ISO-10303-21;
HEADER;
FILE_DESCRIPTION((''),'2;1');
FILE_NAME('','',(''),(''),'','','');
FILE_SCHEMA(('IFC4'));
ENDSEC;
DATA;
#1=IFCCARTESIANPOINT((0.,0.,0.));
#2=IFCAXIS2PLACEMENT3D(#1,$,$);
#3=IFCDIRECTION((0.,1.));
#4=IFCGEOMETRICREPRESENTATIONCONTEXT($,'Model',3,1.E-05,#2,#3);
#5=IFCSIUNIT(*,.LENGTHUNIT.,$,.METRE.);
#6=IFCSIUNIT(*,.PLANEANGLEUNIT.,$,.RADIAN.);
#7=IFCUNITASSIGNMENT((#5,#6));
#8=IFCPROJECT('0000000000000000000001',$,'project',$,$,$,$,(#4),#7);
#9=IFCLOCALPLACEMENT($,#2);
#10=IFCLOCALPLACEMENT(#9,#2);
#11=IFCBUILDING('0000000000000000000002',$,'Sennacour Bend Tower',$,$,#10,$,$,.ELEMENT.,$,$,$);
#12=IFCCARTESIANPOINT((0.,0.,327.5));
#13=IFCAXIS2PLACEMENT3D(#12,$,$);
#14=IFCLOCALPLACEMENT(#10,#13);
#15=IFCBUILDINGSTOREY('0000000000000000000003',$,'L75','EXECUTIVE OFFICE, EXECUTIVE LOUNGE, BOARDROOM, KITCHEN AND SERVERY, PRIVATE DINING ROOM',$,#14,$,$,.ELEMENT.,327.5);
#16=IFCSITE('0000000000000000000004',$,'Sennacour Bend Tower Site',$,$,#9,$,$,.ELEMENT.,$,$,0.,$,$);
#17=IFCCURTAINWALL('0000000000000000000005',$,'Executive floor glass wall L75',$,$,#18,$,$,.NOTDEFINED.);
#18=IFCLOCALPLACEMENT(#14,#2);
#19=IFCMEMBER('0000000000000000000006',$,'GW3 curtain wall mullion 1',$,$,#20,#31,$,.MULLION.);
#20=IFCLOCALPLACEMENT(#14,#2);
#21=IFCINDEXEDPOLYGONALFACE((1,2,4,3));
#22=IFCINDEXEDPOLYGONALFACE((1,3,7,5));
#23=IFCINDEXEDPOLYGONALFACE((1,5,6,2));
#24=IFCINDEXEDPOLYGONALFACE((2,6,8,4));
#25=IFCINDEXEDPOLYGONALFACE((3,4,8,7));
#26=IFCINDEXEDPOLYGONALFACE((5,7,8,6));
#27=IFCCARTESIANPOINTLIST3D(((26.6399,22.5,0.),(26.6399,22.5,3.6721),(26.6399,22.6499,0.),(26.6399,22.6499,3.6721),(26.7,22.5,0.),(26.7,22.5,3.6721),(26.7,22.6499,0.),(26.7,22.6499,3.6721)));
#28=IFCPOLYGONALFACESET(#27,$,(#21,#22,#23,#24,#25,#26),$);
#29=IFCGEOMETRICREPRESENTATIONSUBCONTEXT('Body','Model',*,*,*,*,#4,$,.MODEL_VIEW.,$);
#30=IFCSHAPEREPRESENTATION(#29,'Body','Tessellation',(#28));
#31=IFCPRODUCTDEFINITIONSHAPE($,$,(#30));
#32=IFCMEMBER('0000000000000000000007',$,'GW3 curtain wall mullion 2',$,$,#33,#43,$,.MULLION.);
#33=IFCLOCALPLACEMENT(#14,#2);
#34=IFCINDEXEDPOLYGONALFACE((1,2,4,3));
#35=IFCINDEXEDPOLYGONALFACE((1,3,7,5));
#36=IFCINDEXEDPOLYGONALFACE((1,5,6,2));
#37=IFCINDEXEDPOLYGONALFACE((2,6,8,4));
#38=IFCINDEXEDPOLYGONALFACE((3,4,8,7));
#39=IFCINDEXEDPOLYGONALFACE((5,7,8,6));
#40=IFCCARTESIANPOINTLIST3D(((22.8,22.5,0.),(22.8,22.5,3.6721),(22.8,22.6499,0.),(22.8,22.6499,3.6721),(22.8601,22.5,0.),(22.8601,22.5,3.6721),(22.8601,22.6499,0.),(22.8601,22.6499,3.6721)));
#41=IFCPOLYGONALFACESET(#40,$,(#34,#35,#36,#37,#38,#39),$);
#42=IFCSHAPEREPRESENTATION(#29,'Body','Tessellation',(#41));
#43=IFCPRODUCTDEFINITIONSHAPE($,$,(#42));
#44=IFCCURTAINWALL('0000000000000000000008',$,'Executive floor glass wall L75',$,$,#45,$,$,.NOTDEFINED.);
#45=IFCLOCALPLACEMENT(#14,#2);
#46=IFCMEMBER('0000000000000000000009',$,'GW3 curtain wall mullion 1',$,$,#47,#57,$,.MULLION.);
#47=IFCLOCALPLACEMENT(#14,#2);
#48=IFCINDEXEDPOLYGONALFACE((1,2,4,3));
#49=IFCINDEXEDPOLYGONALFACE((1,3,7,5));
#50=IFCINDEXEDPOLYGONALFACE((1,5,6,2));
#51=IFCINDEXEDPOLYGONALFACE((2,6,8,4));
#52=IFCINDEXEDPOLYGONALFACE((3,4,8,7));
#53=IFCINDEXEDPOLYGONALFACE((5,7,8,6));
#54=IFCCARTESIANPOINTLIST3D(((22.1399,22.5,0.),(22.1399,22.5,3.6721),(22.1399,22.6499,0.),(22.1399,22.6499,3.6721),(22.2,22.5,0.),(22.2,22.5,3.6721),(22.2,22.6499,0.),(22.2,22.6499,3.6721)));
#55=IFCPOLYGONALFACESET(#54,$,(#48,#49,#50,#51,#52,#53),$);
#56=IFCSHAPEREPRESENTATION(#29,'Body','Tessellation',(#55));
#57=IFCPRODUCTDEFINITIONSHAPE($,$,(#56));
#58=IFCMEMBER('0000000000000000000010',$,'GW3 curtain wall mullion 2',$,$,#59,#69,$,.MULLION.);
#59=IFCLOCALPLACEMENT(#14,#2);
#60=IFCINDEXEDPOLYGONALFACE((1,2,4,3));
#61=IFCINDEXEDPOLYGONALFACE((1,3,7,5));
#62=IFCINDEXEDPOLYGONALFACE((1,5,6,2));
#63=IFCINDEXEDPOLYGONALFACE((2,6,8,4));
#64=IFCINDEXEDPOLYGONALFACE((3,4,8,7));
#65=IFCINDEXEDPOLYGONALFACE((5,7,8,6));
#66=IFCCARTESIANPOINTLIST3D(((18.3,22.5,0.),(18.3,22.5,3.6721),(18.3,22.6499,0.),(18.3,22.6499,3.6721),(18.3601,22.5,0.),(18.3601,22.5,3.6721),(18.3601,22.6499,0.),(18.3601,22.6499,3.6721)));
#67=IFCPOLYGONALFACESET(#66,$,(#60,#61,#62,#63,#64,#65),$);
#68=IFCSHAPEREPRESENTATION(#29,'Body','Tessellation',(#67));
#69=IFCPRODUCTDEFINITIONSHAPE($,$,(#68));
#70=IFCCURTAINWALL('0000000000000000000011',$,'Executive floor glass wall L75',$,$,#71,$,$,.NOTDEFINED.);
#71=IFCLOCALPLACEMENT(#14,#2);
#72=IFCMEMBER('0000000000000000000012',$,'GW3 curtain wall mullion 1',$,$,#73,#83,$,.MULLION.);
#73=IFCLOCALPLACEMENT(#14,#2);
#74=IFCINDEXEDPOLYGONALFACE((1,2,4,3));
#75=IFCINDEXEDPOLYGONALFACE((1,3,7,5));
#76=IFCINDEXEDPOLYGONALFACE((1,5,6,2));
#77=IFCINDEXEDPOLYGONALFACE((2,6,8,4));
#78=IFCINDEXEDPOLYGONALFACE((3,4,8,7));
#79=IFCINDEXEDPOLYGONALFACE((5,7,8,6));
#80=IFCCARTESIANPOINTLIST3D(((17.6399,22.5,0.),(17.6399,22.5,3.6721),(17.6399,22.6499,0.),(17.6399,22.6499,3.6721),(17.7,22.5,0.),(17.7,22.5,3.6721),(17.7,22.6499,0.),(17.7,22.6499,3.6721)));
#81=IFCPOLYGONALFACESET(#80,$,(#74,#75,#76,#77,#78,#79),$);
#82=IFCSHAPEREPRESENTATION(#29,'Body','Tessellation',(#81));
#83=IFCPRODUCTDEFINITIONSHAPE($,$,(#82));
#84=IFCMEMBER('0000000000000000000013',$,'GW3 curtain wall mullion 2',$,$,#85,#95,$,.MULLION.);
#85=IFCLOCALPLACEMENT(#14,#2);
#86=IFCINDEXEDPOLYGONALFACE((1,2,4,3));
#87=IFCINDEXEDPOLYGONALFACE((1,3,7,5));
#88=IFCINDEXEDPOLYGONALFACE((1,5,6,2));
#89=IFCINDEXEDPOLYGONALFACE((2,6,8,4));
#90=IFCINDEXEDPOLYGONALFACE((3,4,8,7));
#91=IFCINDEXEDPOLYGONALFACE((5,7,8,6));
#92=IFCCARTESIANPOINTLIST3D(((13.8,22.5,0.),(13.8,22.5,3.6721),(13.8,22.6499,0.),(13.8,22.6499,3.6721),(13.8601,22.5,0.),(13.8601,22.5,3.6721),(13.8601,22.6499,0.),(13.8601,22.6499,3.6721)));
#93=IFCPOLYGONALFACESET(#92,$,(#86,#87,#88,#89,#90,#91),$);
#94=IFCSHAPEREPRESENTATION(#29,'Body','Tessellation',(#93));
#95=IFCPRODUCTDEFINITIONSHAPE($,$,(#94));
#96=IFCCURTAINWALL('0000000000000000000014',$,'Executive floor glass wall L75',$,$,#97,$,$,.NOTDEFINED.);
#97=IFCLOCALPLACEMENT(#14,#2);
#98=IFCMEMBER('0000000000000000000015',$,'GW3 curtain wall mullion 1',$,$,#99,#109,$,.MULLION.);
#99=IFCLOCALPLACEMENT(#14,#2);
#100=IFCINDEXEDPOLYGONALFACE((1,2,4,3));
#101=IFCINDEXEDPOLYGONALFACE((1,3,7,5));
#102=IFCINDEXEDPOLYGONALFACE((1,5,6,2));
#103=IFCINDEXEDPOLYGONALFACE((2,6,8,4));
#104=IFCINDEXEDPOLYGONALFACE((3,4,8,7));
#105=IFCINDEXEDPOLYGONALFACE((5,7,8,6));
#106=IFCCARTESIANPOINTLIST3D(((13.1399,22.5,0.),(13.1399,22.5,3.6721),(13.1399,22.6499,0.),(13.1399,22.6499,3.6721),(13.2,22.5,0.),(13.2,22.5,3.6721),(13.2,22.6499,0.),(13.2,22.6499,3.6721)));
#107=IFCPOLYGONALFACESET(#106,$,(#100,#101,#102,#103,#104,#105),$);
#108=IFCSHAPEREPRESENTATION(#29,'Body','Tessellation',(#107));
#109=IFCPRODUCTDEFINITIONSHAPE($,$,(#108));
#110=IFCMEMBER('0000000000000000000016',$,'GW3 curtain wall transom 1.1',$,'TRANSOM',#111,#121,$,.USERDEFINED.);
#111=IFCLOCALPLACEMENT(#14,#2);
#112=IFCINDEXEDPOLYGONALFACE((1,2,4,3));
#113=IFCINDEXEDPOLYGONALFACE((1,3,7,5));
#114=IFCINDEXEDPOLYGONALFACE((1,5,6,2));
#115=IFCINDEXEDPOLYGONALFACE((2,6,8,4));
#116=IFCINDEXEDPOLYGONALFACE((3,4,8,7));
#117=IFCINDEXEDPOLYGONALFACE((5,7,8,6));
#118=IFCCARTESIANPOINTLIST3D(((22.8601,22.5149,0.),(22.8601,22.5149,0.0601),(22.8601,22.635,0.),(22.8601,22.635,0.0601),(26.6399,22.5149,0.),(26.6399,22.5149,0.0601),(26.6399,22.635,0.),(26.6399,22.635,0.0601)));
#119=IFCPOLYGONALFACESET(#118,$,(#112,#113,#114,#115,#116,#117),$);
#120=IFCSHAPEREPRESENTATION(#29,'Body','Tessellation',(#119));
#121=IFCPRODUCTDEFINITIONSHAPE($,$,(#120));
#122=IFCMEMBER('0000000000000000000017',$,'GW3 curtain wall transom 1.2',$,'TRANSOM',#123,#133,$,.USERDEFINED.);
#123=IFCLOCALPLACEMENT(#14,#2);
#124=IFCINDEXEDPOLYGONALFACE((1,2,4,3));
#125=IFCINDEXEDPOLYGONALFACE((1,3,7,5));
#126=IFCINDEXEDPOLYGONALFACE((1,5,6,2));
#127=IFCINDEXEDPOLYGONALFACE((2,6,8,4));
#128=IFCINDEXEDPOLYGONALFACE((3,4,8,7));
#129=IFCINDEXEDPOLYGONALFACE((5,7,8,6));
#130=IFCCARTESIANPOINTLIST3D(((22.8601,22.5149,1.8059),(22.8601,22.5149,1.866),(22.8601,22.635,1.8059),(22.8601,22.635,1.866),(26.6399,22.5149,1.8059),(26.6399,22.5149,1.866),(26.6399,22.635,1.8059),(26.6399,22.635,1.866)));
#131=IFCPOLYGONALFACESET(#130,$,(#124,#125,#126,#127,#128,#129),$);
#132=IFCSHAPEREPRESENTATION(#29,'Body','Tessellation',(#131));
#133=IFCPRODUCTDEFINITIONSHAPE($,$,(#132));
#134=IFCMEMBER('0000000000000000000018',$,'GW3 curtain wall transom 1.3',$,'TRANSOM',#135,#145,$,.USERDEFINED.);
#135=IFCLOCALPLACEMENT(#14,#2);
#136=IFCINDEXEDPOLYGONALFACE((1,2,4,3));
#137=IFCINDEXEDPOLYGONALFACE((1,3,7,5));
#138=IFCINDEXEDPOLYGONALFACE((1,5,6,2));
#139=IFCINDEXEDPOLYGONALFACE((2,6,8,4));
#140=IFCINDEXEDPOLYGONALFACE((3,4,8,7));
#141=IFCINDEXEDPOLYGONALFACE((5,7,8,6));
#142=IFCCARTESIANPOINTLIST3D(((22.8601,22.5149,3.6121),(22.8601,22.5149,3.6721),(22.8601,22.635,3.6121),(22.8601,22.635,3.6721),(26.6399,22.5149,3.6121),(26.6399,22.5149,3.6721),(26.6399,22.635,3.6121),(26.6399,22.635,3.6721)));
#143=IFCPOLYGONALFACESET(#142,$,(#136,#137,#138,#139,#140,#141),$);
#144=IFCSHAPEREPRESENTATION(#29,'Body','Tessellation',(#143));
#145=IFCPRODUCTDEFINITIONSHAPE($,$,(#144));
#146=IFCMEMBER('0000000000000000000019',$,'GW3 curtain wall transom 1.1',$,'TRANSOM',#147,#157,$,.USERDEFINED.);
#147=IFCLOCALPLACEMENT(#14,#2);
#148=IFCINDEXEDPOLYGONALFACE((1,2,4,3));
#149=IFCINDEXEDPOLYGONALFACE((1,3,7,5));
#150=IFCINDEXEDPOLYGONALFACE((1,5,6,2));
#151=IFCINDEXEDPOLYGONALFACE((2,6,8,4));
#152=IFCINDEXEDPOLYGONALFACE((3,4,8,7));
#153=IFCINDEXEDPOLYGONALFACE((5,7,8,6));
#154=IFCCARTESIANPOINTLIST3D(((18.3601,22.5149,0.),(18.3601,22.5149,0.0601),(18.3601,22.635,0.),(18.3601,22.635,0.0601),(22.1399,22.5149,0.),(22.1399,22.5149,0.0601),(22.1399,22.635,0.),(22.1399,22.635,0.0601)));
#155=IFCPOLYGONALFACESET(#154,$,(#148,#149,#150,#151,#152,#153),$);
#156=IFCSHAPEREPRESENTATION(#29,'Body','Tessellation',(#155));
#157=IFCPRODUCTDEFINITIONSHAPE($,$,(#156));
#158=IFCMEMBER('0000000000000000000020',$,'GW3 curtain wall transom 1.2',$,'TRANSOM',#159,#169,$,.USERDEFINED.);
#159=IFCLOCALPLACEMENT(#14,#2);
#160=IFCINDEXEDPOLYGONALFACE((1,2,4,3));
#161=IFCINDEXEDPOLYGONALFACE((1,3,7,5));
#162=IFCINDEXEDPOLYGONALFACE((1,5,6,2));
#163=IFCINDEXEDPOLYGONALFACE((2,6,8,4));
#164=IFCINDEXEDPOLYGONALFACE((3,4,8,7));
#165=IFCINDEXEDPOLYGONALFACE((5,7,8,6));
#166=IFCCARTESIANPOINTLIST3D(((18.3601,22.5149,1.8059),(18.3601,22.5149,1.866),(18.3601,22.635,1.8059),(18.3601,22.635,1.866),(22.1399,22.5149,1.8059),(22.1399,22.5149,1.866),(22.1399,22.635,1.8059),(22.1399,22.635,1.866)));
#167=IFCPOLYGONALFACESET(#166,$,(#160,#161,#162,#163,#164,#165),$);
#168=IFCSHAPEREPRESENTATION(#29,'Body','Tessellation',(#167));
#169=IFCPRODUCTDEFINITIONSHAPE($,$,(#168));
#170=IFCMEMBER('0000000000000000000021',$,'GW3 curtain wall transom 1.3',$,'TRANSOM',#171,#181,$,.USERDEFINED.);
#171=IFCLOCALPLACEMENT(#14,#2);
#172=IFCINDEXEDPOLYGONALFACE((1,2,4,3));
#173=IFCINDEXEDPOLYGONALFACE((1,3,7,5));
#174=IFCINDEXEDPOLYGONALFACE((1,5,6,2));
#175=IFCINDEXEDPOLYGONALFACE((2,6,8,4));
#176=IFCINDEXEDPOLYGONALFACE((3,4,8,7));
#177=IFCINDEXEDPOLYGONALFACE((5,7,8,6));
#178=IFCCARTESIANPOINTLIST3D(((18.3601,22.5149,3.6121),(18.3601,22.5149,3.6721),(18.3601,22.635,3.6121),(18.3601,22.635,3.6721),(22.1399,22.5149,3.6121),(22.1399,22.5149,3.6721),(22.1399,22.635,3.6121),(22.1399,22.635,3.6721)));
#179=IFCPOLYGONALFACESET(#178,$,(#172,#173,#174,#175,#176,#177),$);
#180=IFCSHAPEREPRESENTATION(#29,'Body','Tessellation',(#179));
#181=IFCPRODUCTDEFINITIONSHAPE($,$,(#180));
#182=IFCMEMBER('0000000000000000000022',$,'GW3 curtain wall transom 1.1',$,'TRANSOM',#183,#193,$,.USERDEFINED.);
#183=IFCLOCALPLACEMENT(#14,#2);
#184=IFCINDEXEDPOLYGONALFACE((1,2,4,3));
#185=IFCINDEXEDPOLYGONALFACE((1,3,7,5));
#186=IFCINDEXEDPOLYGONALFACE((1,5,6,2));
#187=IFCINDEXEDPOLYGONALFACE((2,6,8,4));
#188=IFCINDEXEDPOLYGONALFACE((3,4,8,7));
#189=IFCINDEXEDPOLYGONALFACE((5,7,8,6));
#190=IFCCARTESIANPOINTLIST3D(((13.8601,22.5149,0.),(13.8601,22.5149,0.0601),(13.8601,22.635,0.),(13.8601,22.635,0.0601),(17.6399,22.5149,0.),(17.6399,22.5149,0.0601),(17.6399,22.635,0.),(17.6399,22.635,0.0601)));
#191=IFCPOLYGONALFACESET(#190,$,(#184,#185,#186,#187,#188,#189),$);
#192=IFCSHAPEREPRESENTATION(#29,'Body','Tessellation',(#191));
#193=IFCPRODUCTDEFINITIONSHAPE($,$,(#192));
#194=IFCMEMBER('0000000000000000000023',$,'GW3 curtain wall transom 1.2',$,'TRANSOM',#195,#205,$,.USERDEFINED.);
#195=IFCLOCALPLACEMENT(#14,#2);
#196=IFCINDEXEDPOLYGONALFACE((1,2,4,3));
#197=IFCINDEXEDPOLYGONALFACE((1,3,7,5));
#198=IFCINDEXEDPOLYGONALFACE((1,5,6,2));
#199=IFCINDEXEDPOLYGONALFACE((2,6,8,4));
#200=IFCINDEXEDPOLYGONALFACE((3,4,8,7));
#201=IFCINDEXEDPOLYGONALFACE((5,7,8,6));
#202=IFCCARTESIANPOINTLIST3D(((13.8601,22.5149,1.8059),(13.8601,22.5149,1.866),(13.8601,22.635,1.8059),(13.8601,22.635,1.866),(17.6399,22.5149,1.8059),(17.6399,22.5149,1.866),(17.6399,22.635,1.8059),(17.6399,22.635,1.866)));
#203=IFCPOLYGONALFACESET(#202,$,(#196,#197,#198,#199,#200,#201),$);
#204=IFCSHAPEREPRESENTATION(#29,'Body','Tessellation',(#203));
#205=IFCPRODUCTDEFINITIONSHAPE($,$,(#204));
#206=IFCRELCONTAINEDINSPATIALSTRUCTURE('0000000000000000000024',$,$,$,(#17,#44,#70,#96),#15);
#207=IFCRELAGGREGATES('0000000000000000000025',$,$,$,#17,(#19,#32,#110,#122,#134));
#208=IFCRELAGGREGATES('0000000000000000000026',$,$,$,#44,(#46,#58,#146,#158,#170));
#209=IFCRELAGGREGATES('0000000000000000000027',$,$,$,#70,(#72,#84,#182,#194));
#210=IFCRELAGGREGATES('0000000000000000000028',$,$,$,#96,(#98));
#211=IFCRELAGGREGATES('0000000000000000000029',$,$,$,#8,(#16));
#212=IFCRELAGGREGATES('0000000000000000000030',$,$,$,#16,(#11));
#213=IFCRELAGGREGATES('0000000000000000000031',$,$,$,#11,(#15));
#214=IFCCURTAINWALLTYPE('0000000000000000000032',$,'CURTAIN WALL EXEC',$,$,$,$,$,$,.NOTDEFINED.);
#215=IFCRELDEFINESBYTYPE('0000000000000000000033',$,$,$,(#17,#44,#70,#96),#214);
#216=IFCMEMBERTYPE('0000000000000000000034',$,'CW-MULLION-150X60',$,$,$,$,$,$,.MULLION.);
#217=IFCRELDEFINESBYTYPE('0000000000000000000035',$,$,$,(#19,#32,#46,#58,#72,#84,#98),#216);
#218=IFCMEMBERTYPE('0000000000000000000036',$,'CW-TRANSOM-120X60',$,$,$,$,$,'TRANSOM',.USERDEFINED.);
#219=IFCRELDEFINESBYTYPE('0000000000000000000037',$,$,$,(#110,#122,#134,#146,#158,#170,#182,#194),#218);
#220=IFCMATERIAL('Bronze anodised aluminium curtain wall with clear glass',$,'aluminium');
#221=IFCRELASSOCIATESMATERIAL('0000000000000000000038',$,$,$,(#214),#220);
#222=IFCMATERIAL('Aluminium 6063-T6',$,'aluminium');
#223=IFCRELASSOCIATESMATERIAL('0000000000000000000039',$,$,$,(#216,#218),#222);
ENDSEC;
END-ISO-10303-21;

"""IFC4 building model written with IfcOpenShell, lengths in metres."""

from ifc_helpers import new_model, si_unit, direction, frame, origin, origin_2d, place, context, subcontext, project, spatial, rectangle, extrude, material, material_profile, profile_set, type_object, element, aggregate, save


model = new_model("IFC4")

# Units and contexts
model_context = context("Model", 3, precision=1e-05, world=origin(), true_north=direction((0.0, 1.0)))
body_context = subcontext(model_context, "Body", "Model", "MODEL_VIEW")
ifc_project = project(units=[si_unit("LENGTHUNIT", "METRE"), si_unit("PLANEANGLEUNIT", "RADIAN")], contexts=[model_context])

# Site, building, storey
site_placement = place(None, origin())
site = spatial("IfcSite", under=ifc_project, at=site_placement, Name="Sennacour Bend Tower Site", CompositionType="ELEMENT", RefElevation=0.0)
building_placement = place(site_placement, origin())
building = spatial("IfcBuilding", under=site, at=building_placement, Name="Sennacour Bend Tower", CompositionType="ELEMENT")
storey_placement = place(building_placement, frame((0.0, 0.0, 327.5)))
storey = spatial("IfcBuildingStorey", under=building, at=storey_placement, Name="L75", Description="EXECUTIVE OFFICE, EXECUTIVE LOUNGE, BOARDROOM, KITCHEN AND SERVERY, PRIVATE DINING ROOM", CompositionType="ELEMENT", Elevation=327.5)

# Curtain walls, members
ifc_material_1 = material(Name="Bronze anodised aluminium curtain wall with clear glass", Category="aluminium")
curtain_wall_type = type_object("IfcCurtainWallType", Name="CURTAIN WALL EXEC", PredefinedType="NOTDEFINED", material=ifc_material_1)
curtain_wall_1_placement = place(storey_placement, origin())
curtain_wall_1 = element("IfcCurtainWall", 1, at=curtain_wall_1_placement, inside=storey, type_object=curtain_wall_type, Name="Executive floor glass wall L75", PredefinedType="NOTDEFINED")
ifc_material_2 = material(Name="Aluminium 6063-T6", Category="aluminium")
ifc_material_profile_1 = material_profile(ifc_material_2, rectangle(XDim=0.1499, YDim=0.0601, at=origin_2d()), Name="Aluminium 6063-T6", Category="aluminium")
ifc_profile_set_1 = profile_set([ifc_material_profile_1], Name="Aluminium 6063-T6")
member_type_1 = type_object("IfcMemberType", Name="CW-MULLION-150X60", PredefinedType="MULLION", material=ifc_profile_set_1)
member_1_placement = place(storey_placement, frame((26.6699, 22.575, 0.0), z_axis=(0.0, 0.0, 1.0), x_axis=(0.0, -1.0, 0.0)))
member_1 = element("IfcMember", 2, at=member_1_placement, type_object=member_type_1, Name="GW3 curtain wall mullion 1", PredefinedType="MULLION", context=body_context, shape_type="SweptSolid", body=[
    extrude(rectangle(XDim=0.1499, YDim=0.0601, at=origin_2d()), origin(), (0.0, 0.0, 1.0), 3.6721),
])
member_2_placement = place(storey_placement, frame((22.8301, 22.575, 0.0), z_axis=(0.0, 0.0, 1.0), x_axis=(0.0, -1.0, 0.0)))
member_2 = element("IfcMember", 3, at=member_2_placement, type_object=member_type_1, Name="GW3 curtain wall mullion 2", PredefinedType="MULLION", context=body_context, shape_type="SweptSolid", body=[
    extrude(rectangle(XDim=0.1499, YDim=0.0601, at=origin_2d()), origin(), (0.0, 0.0, 1.0), 3.6721),
])
curtain_wall_2_placement = place(storey_placement, origin())
curtain_wall_2 = element("IfcCurtainWall", 4, at=curtain_wall_2_placement, inside=storey, type_object=curtain_wall_type, Name="Executive floor glass wall L75", PredefinedType="NOTDEFINED")
member_3_placement = place(storey_placement, frame((22.1699, 22.575, 0.0), z_axis=(0.0, 0.0, 1.0), x_axis=(0.0, -1.0, 0.0)))
member_3 = element("IfcMember", 5, at=member_3_placement, type_object=member_type_1, Name="GW3 curtain wall mullion 1", PredefinedType="MULLION", context=body_context, shape_type="SweptSolid", body=[
    extrude(rectangle(XDim=0.1499, YDim=0.0601, at=origin_2d()), origin(), (0.0, 0.0, 1.0), 3.6721),
])
member_4_placement = place(storey_placement, frame((18.3301, 22.575, 0.0), z_axis=(0.0, 0.0, 1.0), x_axis=(0.0, -1.0, 0.0)))
member_4 = element("IfcMember", 6, at=member_4_placement, type_object=member_type_1, Name="GW3 curtain wall mullion 2", PredefinedType="MULLION", context=body_context, shape_type="SweptSolid", body=[
    extrude(rectangle(XDim=0.1499, YDim=0.0601, at=origin_2d()), origin(), (0.0, 0.0, 1.0), 3.6721),
])
curtain_wall_3_placement = place(storey_placement, origin())
curtain_wall_3 = element("IfcCurtainWall", 7, at=curtain_wall_3_placement, inside=storey, type_object=curtain_wall_type, Name="Executive floor glass wall L75", PredefinedType="NOTDEFINED")
member_5_placement = place(storey_placement, frame((17.6699, 22.575, 0.0), z_axis=(0.0, 0.0, 1.0), x_axis=(0.0, -1.0, 0.0)))
member_5 = element("IfcMember", 8, at=member_5_placement, type_object=member_type_1, Name="GW3 curtain wall mullion 1", PredefinedType="MULLION", context=body_context, shape_type="SweptSolid", body=[
    extrude(rectangle(XDim=0.1499, YDim=0.0601, at=origin_2d()), origin(), (0.0, 0.0, 1.0), 3.6721),
])
member_6_placement = place(storey_placement, frame((13.8301, 22.575, 0.0), z_axis=(0.0, 0.0, 1.0), x_axis=(0.0, -1.0, 0.0)))
member_6 = element("IfcMember", 9, at=member_6_placement, type_object=member_type_1, Name="GW3 curtain wall mullion 2", PredefinedType="MULLION", context=body_context, shape_type="SweptSolid", body=[
    extrude(rectangle(XDim=0.1499, YDim=0.0601, at=origin_2d()), origin(), (0.0, 0.0, 1.0), 3.6721),
])

# Curtain wall, member
curtain_wall_4_placement = place(storey_placement, origin())
curtain_wall_4 = element("IfcCurtainWall", 10, at=curtain_wall_4_placement, inside=storey, type_object=curtain_wall_type, Name="Executive floor glass wall L75", PredefinedType="NOTDEFINED")
member_7_placement = place(storey_placement, frame((13.1699, 22.575, 0.0), z_axis=(0.0, 0.0, 1.0), x_axis=(0.0, -1.0, 0.0)))
member_7 = element("IfcMember", 11, at=member_7_placement, type_object=member_type_1, Name="GW3 curtain wall mullion 1", PredefinedType="MULLION", context=body_context, shape_type="SweptSolid", body=[
    extrude(rectangle(XDim=0.1499, YDim=0.0601, at=origin_2d()), origin(), (0.0, 0.0, 1.0), 3.6721),
])

# Members
ifc_material_profile_2 = material_profile(ifc_material_2, rectangle(XDim=0.1201, YDim=0.0601, at=origin_2d()), Name="Aluminium 6063-T6", Category="aluminium")
ifc_profile_set_2 = profile_set([ifc_material_profile_2], Name="Aluminium 6063-T6")
member_type_2 = type_object("IfcMemberType", Name="CW-TRANSOM-120X60", ElementType="TRANSOM", PredefinedType="USERDEFINED", material=ifc_profile_set_2)
member_8_placement = place(storey_placement, frame((26.6399, 22.575, 0.03), z_axis=(-1.0, 0.0, 0.0), x_axis=(0.0, -1.0, 0.0)))
member_8 = element("IfcMember", 12, at=member_8_placement, type_object=member_type_2, Name="GW3 curtain wall transom 1.1", ObjectType="TRANSOM", PredefinedType="USERDEFINED", context=body_context, shape_type="SweptSolid", body=[
    extrude(rectangle(XDim=0.1201, YDim=0.0601, at=origin_2d()), origin(), (0.0, 0.0, 1.0), 3.7798),
])
member_9_placement = place(storey_placement, frame((26.6399, 22.575, 1.8359), z_axis=(-1.0, 0.0, 0.0), x_axis=(0.0, -1.0, 0.0)))
member_9 = element("IfcMember", 13, at=member_9_placement, type_object=member_type_2, Name="GW3 curtain wall transom 1.2", ObjectType="TRANSOM", PredefinedType="USERDEFINED", context=body_context, shape_type="SweptSolid", body=[
    extrude(rectangle(XDim=0.1201, YDim=0.0601, at=origin_2d()), origin(), (0.0, 0.0, 1.0), 3.7798),
])
member_10_placement = place(storey_placement, frame((26.6399, 22.575, 3.6421), z_axis=(-1.0, 0.0, 0.0), x_axis=(0.0, -1.0, 0.0)))
member_10 = element("IfcMember", 14, at=member_10_placement, type_object=member_type_2, Name="GW3 curtain wall transom 1.3", ObjectType="TRANSOM", PredefinedType="USERDEFINED", context=body_context, shape_type="SweptSolid", body=[
    extrude(rectangle(XDim=0.1201, YDim=0.0601, at=origin_2d()), origin(), (0.0, 0.0, 1.0), 3.7798),
])
member_11_placement = place(storey_placement, frame((22.1399, 22.575, 0.03), z_axis=(-1.0, 0.0, 0.0), x_axis=(0.0, -1.0, 0.0)))
member_11 = element("IfcMember", 15, at=member_11_placement, type_object=member_type_2, Name="GW3 curtain wall transom 1.1", ObjectType="TRANSOM", PredefinedType="USERDEFINED", context=body_context, shape_type="SweptSolid", body=[
    extrude(rectangle(XDim=0.1201, YDim=0.0601, at=origin_2d()), origin(), (0.0, 0.0, 1.0), 3.7798),
])
member_12_placement = place(storey_placement, frame((22.1399, 22.575, 1.8359), z_axis=(-1.0, 0.0, 0.0), x_axis=(0.0, -1.0, 0.0)))
member_12 = element("IfcMember", 16, at=member_12_placement, type_object=member_type_2, Name="GW3 curtain wall transom 1.2", ObjectType="TRANSOM", PredefinedType="USERDEFINED", context=body_context, shape_type="SweptSolid", body=[
    extrude(rectangle(XDim=0.1201, YDim=0.0601, at=origin_2d()), origin(), (0.0, 0.0, 1.0), 3.7798),
])
member_13_placement = place(storey_placement, frame((22.1399, 22.575, 3.6421), z_axis=(-1.0, 0.0, 0.0), x_axis=(0.0, -1.0, 0.0)))
member_13 = element("IfcMember", 17, at=member_13_placement, type_object=member_type_2, Name="GW3 curtain wall transom 1.3", ObjectType="TRANSOM", PredefinedType="USERDEFINED", context=body_context, shape_type="SweptSolid", body=[
    extrude(rectangle(XDim=0.1201, YDim=0.0601, at=origin_2d()), origin(), (0.0, 0.0, 1.0), 3.7798),
])
member_14_placement = place(storey_placement, frame((17.6399, 22.575, 0.03), z_axis=(-1.0, 0.0, 0.0), x_axis=(0.0, -1.0, 0.0)))
member_14 = element("IfcMember", 18, at=member_14_placement, type_object=member_type_2, Name="GW3 curtain wall transom 1.1", ObjectType="TRANSOM", PredefinedType="USERDEFINED", context=body_context, shape_type="SweptSolid", body=[
    extrude(rectangle(XDim=0.1201, YDim=0.0601, at=origin_2d()), origin(), (0.0, 0.0, 1.0), 3.7798),
])
member_15_placement = place(storey_placement, frame((17.6399, 22.575, 1.8359), z_axis=(-1.0, 0.0, 0.0), x_axis=(0.0, -1.0, 0.0)))
member_15 = element("IfcMember", 19, at=member_15_placement, type_object=member_type_2, Name="GW3 curtain wall transom 1.2", ObjectType="TRANSOM", PredefinedType="USERDEFINED", context=body_context, shape_type="SweptSolid", body=[
    extrude(rectangle(XDim=0.1201, YDim=0.0601, at=origin_2d()), origin(), (0.0, 0.0, 1.0), 3.7798),
])

aggregate(curtain_wall_1, [member_1, member_2, member_8, member_9, member_10])
aggregate(curtain_wall_2, [member_3, member_4, member_11, member_12, member_13])
aggregate(curtain_wall_3, [member_5, member_6, member_14, member_15])
aggregate(curtain_wall_4, [member_7])

save(model, "model.ifc")
